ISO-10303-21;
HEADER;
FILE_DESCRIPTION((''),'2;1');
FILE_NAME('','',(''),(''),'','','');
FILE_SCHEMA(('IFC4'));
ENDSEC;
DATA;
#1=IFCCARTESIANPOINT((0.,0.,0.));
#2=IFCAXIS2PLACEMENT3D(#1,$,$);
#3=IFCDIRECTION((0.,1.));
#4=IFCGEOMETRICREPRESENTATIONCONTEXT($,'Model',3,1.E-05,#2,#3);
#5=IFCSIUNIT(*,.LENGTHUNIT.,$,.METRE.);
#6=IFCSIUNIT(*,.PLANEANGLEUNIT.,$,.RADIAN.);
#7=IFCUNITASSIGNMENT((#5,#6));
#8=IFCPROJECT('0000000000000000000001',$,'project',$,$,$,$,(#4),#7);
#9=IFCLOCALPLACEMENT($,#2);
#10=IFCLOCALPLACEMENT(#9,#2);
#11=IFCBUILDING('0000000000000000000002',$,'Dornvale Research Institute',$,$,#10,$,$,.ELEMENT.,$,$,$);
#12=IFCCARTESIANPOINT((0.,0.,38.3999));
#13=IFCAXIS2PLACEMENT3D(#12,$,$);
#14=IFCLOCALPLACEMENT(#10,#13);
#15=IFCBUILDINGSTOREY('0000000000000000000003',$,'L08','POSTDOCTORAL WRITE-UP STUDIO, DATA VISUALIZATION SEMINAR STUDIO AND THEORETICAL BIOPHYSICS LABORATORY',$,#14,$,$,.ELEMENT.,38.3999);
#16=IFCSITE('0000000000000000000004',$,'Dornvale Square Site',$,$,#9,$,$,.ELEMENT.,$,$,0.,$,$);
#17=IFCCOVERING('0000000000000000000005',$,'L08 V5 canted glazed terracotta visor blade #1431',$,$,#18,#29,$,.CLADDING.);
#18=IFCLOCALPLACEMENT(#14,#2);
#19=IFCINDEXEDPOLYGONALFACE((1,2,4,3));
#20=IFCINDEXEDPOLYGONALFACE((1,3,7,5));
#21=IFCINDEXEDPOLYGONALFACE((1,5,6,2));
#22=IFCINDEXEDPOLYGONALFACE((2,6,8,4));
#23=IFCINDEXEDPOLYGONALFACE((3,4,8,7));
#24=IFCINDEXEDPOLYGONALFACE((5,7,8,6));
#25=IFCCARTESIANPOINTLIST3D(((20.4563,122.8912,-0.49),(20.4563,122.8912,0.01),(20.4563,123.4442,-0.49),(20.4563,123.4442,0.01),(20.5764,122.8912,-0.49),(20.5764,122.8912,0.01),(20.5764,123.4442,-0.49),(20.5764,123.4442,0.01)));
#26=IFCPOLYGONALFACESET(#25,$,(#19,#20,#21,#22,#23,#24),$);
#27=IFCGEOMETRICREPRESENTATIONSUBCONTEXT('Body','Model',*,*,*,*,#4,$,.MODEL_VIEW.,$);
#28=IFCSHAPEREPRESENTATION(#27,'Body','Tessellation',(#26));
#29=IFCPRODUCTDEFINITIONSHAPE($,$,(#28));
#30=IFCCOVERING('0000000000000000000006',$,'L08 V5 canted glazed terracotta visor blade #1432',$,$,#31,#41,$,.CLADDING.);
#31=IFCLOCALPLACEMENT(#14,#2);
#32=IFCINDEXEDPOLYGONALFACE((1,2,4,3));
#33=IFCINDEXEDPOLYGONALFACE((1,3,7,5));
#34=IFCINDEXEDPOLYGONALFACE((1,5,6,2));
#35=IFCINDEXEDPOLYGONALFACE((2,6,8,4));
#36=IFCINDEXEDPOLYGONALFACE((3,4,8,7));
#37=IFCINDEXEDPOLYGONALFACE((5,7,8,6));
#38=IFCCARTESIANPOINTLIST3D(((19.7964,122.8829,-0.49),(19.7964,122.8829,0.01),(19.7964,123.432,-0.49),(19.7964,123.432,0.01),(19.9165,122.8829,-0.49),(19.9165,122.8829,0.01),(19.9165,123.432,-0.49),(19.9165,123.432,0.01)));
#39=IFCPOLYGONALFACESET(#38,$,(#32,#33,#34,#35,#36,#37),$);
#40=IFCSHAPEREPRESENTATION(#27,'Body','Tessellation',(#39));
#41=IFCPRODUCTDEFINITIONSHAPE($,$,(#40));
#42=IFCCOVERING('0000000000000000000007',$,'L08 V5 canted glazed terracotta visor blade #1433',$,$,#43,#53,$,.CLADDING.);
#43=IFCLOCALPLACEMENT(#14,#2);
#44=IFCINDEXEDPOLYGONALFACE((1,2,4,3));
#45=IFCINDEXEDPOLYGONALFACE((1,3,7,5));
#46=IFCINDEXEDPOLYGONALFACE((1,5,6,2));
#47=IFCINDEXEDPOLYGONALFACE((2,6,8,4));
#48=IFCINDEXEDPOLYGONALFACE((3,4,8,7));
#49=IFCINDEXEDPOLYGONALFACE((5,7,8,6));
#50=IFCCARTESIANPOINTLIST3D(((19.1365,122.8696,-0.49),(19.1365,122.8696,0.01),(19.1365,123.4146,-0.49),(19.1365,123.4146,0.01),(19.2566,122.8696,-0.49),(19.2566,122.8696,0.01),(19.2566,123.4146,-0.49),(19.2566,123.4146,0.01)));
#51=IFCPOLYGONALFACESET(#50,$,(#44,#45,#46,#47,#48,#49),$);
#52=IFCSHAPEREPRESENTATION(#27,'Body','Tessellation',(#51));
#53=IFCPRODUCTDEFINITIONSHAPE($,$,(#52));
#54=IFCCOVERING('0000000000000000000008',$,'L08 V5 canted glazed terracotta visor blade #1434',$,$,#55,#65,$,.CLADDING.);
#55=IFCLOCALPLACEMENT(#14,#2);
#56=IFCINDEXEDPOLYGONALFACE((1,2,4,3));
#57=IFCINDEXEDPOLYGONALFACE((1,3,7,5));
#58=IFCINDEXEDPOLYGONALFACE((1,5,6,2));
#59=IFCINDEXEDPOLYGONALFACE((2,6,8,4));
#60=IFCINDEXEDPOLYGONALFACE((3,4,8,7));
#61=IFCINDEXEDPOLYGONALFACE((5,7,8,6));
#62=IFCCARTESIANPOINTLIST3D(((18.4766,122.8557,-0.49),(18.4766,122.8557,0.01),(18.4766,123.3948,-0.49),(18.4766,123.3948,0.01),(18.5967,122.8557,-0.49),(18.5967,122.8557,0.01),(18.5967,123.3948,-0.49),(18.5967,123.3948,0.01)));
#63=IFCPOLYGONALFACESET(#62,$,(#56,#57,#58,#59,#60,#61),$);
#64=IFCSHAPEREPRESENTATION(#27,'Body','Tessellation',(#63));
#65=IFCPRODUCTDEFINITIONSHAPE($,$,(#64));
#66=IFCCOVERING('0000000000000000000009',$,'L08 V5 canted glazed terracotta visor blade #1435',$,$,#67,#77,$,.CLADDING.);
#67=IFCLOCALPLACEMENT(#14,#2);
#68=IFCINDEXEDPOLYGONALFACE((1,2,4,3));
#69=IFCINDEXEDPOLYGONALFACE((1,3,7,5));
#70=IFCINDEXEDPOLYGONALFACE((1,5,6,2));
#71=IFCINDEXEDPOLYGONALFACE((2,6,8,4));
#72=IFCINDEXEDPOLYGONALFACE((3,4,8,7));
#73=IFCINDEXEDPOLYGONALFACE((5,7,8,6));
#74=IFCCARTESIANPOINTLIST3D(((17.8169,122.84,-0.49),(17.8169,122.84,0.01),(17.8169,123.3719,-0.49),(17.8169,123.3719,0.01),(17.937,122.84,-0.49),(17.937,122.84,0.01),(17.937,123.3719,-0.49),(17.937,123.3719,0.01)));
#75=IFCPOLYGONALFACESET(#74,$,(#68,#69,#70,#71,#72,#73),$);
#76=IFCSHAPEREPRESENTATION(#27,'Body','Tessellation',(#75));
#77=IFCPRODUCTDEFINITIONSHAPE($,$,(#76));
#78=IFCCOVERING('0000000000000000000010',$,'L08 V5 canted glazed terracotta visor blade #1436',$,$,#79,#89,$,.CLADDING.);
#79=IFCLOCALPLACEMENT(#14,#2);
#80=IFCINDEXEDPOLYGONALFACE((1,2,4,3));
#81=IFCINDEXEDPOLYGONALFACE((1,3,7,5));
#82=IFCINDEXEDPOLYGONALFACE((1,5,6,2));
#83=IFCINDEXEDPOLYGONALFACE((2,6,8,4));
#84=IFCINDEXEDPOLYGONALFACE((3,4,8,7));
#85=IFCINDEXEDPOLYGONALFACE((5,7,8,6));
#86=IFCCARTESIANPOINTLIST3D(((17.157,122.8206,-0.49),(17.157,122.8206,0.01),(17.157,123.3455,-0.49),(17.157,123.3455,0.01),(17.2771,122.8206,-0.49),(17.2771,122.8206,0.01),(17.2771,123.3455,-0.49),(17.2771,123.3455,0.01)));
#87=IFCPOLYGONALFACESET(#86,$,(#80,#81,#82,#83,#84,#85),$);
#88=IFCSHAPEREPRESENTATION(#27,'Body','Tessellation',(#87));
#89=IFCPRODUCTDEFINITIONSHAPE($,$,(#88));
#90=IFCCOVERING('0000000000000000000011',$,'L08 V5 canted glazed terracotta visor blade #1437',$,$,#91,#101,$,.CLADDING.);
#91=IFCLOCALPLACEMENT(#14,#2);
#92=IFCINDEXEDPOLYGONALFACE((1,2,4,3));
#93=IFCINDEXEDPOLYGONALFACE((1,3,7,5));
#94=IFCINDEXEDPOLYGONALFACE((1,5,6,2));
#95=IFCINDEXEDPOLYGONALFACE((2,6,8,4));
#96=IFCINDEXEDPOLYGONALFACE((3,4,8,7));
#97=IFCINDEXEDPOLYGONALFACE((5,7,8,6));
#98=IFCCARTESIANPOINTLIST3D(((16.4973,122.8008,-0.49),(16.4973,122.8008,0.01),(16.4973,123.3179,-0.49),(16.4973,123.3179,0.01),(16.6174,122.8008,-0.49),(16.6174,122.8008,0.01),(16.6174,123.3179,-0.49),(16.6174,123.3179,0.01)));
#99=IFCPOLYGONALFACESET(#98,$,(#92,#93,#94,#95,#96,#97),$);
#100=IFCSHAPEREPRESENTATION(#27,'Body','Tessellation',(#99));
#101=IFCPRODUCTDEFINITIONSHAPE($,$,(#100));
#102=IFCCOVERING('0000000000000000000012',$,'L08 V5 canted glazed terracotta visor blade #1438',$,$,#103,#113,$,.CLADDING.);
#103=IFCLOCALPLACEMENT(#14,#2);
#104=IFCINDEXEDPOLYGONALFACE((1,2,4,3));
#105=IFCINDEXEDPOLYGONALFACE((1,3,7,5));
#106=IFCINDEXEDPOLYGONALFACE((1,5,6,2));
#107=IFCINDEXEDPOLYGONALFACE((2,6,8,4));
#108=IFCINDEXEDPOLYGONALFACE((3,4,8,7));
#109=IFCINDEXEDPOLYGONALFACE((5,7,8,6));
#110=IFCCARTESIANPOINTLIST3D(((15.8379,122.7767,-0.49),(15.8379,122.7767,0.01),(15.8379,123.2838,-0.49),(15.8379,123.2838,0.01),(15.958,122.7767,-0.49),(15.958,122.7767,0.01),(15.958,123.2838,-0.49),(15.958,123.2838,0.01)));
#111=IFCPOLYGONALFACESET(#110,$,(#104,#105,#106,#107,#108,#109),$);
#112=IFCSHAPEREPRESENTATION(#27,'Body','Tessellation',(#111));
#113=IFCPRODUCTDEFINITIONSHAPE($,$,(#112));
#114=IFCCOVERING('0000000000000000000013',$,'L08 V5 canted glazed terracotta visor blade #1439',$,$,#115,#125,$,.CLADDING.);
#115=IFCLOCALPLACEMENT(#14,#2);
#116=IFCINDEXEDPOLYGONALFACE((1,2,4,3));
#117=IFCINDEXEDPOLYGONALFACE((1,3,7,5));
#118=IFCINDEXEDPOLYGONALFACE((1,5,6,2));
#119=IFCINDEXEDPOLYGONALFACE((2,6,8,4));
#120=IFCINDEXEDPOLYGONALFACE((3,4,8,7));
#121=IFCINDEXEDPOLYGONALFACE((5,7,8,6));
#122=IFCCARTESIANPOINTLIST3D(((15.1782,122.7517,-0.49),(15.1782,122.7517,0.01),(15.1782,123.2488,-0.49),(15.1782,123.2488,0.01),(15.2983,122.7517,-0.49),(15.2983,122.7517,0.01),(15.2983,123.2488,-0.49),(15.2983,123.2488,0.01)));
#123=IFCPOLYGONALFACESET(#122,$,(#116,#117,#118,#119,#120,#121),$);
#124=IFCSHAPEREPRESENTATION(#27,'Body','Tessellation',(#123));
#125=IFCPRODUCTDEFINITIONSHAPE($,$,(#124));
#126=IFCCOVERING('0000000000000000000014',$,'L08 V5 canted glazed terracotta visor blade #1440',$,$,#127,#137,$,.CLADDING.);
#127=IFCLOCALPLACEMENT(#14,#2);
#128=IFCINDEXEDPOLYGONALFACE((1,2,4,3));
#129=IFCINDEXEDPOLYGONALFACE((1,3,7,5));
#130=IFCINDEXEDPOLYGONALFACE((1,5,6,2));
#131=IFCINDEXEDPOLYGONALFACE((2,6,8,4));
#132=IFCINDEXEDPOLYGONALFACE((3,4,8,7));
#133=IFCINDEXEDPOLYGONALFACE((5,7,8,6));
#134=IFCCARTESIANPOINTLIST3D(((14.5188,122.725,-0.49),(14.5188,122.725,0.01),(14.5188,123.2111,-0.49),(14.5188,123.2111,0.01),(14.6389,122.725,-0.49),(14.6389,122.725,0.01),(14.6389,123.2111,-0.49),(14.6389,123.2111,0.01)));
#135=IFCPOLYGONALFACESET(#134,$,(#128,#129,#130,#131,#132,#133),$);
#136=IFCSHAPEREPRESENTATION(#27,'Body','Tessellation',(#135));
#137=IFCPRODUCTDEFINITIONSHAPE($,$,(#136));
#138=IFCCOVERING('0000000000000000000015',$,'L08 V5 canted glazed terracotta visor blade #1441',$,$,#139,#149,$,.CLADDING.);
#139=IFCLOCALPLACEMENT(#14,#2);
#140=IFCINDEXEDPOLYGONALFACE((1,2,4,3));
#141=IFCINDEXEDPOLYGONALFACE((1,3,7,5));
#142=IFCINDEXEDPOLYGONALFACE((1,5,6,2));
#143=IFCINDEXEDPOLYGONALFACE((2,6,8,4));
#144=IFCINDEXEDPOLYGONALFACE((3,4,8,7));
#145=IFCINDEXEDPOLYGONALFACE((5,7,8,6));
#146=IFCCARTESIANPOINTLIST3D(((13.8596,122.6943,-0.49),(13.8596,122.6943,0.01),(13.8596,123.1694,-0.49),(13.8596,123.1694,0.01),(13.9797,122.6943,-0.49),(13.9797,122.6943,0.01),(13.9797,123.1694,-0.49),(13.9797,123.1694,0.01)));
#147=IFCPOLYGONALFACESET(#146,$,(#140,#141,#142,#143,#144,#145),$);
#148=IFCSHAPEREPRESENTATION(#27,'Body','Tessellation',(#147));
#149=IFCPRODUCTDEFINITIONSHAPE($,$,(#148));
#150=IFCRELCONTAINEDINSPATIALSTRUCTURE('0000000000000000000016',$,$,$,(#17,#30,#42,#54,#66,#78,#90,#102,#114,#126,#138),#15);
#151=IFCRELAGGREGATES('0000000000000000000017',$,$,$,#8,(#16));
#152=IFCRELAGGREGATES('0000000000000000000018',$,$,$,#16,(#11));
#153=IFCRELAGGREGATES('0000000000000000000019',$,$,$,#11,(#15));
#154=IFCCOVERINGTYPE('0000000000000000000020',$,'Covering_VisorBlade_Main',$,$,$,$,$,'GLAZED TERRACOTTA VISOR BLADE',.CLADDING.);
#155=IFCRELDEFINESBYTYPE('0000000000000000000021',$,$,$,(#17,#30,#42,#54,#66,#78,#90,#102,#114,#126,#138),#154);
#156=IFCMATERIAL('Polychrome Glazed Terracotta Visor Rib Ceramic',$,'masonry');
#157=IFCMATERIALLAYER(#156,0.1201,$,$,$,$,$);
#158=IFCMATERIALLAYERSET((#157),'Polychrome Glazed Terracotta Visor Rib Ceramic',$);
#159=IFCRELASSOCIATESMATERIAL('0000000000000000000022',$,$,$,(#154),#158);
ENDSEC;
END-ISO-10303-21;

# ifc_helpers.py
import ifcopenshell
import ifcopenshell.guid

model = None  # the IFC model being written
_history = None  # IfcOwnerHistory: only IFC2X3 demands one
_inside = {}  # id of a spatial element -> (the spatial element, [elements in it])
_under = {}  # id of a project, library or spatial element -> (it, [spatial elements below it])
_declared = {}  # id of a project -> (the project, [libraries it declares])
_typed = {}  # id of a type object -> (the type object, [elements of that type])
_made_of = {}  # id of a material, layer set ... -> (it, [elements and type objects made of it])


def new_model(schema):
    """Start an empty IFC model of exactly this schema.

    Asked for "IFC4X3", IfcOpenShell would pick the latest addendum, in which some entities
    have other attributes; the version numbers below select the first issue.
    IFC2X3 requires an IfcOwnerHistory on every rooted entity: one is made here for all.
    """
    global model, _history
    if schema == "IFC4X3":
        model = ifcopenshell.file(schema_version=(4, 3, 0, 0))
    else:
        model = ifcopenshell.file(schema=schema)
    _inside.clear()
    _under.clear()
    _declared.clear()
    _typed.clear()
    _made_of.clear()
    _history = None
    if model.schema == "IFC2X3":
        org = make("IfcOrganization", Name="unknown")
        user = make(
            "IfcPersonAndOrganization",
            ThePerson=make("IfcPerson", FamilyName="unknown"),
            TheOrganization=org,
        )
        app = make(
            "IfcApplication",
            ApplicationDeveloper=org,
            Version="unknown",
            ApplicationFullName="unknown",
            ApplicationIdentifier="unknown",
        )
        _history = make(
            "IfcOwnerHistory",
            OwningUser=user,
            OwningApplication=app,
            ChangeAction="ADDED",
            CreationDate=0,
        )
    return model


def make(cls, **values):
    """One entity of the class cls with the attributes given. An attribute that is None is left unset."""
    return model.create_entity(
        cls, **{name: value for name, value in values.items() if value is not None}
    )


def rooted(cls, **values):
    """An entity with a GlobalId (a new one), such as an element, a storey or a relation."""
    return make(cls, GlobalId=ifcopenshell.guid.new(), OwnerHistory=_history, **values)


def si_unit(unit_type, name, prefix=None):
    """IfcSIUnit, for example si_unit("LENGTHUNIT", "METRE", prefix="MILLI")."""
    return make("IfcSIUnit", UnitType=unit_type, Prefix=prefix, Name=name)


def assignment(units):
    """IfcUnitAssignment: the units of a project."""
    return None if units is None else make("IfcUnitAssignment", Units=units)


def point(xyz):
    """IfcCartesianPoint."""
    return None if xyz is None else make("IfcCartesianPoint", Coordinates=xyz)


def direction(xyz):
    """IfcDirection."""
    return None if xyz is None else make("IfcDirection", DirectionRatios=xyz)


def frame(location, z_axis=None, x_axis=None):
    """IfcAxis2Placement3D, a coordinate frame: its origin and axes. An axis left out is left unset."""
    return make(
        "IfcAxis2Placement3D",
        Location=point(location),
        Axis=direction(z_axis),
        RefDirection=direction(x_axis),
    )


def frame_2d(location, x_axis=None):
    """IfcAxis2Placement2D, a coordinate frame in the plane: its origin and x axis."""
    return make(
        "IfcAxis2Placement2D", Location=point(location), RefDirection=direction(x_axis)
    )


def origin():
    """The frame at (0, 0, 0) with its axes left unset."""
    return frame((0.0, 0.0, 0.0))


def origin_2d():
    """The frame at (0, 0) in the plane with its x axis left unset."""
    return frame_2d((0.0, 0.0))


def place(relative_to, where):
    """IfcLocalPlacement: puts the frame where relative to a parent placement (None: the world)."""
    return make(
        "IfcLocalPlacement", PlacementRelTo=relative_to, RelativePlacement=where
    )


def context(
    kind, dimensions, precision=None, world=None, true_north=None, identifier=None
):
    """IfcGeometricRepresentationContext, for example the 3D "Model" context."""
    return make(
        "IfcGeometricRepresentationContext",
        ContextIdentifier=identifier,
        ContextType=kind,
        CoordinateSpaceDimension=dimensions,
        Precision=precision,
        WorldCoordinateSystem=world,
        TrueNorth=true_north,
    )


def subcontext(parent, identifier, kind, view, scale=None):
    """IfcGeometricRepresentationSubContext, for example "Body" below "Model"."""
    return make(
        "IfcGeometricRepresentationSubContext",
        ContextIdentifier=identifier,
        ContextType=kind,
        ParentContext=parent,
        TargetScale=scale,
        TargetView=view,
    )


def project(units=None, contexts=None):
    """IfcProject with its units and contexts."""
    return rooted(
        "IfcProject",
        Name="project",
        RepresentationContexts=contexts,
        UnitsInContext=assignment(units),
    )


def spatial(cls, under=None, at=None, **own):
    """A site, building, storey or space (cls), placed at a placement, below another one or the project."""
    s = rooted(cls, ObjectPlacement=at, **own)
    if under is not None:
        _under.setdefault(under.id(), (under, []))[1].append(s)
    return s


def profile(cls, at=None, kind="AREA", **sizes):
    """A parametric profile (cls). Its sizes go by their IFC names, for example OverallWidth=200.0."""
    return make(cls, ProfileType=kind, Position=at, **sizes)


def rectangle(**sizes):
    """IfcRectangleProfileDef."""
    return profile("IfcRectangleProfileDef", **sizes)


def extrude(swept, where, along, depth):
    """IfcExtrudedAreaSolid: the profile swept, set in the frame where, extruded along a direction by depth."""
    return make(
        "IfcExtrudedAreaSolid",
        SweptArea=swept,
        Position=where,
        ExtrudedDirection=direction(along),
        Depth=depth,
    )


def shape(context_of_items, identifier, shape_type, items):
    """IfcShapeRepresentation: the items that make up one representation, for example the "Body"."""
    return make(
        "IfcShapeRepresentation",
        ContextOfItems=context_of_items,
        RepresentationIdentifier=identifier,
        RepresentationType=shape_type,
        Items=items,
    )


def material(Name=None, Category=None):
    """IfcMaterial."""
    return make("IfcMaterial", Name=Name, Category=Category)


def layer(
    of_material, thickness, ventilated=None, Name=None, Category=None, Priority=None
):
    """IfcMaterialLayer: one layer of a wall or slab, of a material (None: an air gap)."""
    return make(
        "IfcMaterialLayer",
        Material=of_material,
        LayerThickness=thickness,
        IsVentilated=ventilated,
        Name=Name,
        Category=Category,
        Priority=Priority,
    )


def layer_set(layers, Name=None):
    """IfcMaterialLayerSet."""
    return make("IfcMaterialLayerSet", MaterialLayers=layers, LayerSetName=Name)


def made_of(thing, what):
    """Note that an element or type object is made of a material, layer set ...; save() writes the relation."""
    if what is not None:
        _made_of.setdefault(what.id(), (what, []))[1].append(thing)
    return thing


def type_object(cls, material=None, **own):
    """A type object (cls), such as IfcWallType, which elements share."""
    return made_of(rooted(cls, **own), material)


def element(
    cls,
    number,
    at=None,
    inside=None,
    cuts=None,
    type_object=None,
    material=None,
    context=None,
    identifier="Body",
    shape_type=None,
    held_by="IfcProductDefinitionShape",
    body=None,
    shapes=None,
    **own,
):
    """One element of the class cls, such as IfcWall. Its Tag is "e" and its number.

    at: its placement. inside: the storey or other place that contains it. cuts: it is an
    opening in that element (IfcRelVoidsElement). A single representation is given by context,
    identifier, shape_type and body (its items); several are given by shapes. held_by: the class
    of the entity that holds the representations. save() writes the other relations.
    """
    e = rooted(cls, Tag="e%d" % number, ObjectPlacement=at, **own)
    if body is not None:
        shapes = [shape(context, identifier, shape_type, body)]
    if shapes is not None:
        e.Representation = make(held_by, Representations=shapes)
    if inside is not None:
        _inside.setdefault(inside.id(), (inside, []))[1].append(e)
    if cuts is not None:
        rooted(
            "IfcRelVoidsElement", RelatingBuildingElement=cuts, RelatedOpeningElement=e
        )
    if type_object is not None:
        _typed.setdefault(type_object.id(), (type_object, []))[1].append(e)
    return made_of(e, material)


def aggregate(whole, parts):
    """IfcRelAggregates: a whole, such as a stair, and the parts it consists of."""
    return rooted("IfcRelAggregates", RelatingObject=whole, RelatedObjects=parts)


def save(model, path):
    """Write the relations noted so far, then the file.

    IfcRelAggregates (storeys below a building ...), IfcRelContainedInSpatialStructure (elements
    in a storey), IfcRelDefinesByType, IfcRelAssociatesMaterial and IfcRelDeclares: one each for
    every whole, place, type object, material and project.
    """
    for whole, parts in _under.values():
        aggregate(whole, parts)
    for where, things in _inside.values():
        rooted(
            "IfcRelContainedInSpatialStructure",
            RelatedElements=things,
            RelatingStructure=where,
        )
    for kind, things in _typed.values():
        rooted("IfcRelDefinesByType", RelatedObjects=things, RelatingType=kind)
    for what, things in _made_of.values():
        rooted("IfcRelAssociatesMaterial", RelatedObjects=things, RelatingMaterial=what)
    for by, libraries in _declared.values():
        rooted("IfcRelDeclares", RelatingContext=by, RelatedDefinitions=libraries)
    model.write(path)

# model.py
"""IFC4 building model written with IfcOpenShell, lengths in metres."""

from ifc_helpers import new_model, si_unit, direction, frame, origin, origin_2d, place, context, subcontext, project, spatial, rectangle, extrude, material, layer, layer_set, type_object, element, save


model = new_model("IFC4")

# Units and contexts
model_context = context("Model", 3, precision=1e-05, world=origin(), true_north=direction((0.0, 1.0)))
body_context = subcontext(model_context, "Body", "Model", "MODEL_VIEW")
ifc_project = project(units=[si_unit("LENGTHUNIT", "METRE"), si_unit("PLANEANGLEUNIT", "RADIAN")], contexts=[model_context])

# Site, building, storey
site_placement = place(None, origin())
site = spatial("IfcSite", under=ifc_project, at=site_placement, Name="Dornvale Square Site", CompositionType="ELEMENT", RefElevation=0.0)
building_placement = place(site_placement, origin())
building = spatial("IfcBuilding", under=site, at=building_placement, Name="Dornvale Research Institute", CompositionType="ELEMENT")
storey_placement = place(building_placement, frame((0.0, 0.0, 38.3999)))
storey = spatial("IfcBuildingStorey", under=building, at=storey_placement, Name="L08", Description="POSTDOCTORAL WRITE-UP STUDIO, DATA VISUALIZATION SEMINAR STUDIO AND THEORETICAL BIOPHYSICS LABORATORY", CompositionType="ELEMENT", Elevation=38.3999)

# Coverings
ifc_material_1 = material(Name="Polychrome Glazed Terracotta Visor Rib Ceramic", Category="masonry")
ifc_layer_1 = layer(ifc_material_1, 0.1201)
ifc_layer_set_1 = layer_set([ifc_layer_1], Name="Polychrome Glazed Terracotta Visor Rib Ceramic")
covering_type = type_object("IfcCoveringType", Name="Covering_VisorBlade_Main", ElementType="GLAZED TERRACOTTA VISOR BLADE", PredefinedType="CLADDING", material=ifc_layer_set_1)
covering_1_placement = place(storey_placement, frame((20.5164, 123.1677, -0.49), z_axis=(0.0, 0.0, 1.0), x_axis=(0.0, 1.0, 0.0)))
element("IfcCovering", 1, at=covering_1_placement, inside=storey, type_object=covering_type, Name="L08 V5 canted glazed terracotta visor blade #1431", PredefinedType="CLADDING", context=body_context, shape_type="SweptSolid", body=[
    extrude(rectangle(XDim=0.553, YDim=0.1201, at=origin_2d()), origin(), (0.0, 0.0, 1.0), 0.5),
])
covering_2_placement = place(storey_placement, frame((19.8564, 123.1575, -0.49), z_axis=(0.0, 0.0, 1.0), x_axis=(0.0, 1.0, 0.0)))
element("IfcCovering", 2, at=covering_2_placement, inside=storey, type_object=covering_type, Name="L08 V5 canted glazed terracotta visor blade #1432", PredefinedType="CLADDING", context=body_context, shape_type="SweptSolid", body=[
    extrude(rectangle(XDim=0.5491, YDim=0.1201, at=origin_2d()), origin(), (0.0, 0.0, 1.0), 0.5),
])
covering_3_placement = place(storey_placement, frame((19.1965, 123.1421, -0.49), z_axis=(0.0, 0.0, 1.0), x_axis=(0.0, 1.0, 0.0)))
element("IfcCovering", 3, at=covering_3_placement, inside=storey, type_object=covering_type, Name="L08 V5 canted glazed terracotta visor blade #1433", PredefinedType="CLADDING", context=body_context, shape_type="SweptSolid", body=[
    extrude(rectangle(XDim=0.5449, YDim=0.1201, at=origin_2d()), origin(), (0.0, 0.0, 1.0), 0.5),
])
covering_4_placement = place(storey_placement, frame((18.5366, 123.1252, -0.49), z_axis=(0.0, 0.0, 1.0), x_axis=(0.0, 1.0, 0.0)))
element("IfcCovering", 4, at=covering_4_placement, inside=storey, type_object=covering_type, Name="L08 V5 canted glazed terracotta visor blade #1434", PredefinedType="CLADDING", context=body_context, shape_type="SweptSolid", body=[
    extrude(rectangle(XDim=0.5391, YDim=0.1201, at=origin_2d()), origin(), (0.0, 0.0, 1.0), 0.5),
])
covering_5_placement = place(storey_placement, frame((17.877, 123.106, -0.49), z_axis=(0.0, 0.0, 1.0), x_axis=(0.0, 1.0, 0.0)))
element("IfcCovering", 5, at=covering_5_placement, inside=storey, type_object=covering_type, Name="L08 V5 canted glazed terracotta visor blade #1435", PredefinedType="CLADDING", context=body_context, shape_type="SweptSolid", body=[
    extrude(rectangle(XDim=0.532, YDim=0.1201, at=origin_2d()), origin(), (0.0, 0.0, 1.0), 0.5),
])
covering_6_placement = place(storey_placement, frame((17.217, 123.083, -0.49), z_axis=(0.0, 0.0, 1.0), x_axis=(0.0, 1.0, 0.0)))
element("IfcCovering", 6, at=covering_6_placement, inside=storey, type_object=covering_type, Name="L08 V5 canted glazed terracotta visor blade #1436", PredefinedType="CLADDING", context=body_context, shape_type="SweptSolid", body=[
    extrude(rectangle(XDim=0.5249, YDim=0.1201, at=origin_2d()), origin(), (0.0, 0.0, 1.0), 0.5),
])
covering_7_placement = place(storey_placement, frame((16.5574, 123.0593, -0.49), z_axis=(0.0, 0.0, 1.0), x_axis=(0.0, 1.0, 0.0)))
element("IfcCovering", 7, at=covering_7_placement, inside=storey, type_object=covering_type, Name="L08 V5 canted glazed terracotta visor blade #1437", PredefinedType="CLADDING", context=body_context, shape_type="SweptSolid", body=[
    extrude(rectangle(XDim=0.5171, YDim=0.1201, at=origin_2d()), origin(), (0.0, 0.0, 1.0), 0.5),
])
covering_8_placement = place(storey_placement, frame((15.8979, 123.0303, -0.49), z_axis=(0.0, 0.0, 1.0), x_axis=(0.0, 1.0, 0.0)))
element("IfcCovering", 8, at=covering_8_placement, inside=storey, type_object=covering_type, Name="L08 V5 canted glazed terracotta visor blade #1438", PredefinedType="CLADDING", context=body_context, shape_type="SweptSolid", body=[
    extrude(rectangle(XDim=0.5071, YDim=0.1201, at=origin_2d()), origin(), (0.0, 0.0, 1.0), 0.5),
])
covering_9_placement = place(storey_placement, frame((15.2383, 123.0002, -0.49), z_axis=(0.0, 0.0, 1.0), x_axis=(0.0, 1.0, 0.0)))
element("IfcCovering", 9, at=covering_9_placement, inside=storey, type_object=covering_type, Name="L08 V5 canted glazed terracotta visor blade #1439", PredefinedType="CLADDING", context=body_context, shape_type="SweptSolid", body=[
    extrude(rectangle(XDim=0.4971, YDim=0.1201, at=origin_2d()), origin(), (0.0, 0.0, 1.0), 0.5),
])
covering_10_placement = place(storey_placement, frame((14.5789, 122.968, -0.49), z_axis=(0.0, 0.0, 1.0), x_axis=(0.0, 1.0, 0.0)))
element("IfcCovering", 10, at=covering_10_placement, inside=storey, type_object=covering_type, Name="L08 V5 canted glazed terracotta visor blade #1440", PredefinedType="CLADDING", context=body_context, shape_type="SweptSolid", body=[
    extrude(rectangle(XDim=0.4861, YDim=0.1201, at=origin_2d()), origin(), (0.0, 0.0, 1.0), 0.5),
])
covering_11_placement = place(storey_placement, frame((13.9197, 122.9319, -0.49), z_axis=(0.0, 0.0, 1.0), x_axis=(0.0, 1.0, 0.0)))
element("IfcCovering", 11, at=covering_11_placement, inside=storey, type_object=covering_type, Name="L08 V5 canted glazed terracotta visor blade #1441", PredefinedType="CLADDING", context=body_context, shape_type="SweptSolid", body=[
    extrude(rectangle(XDim=0.4751, YDim=0.1201, at=origin_2d()), origin(), (0.0, 0.0, 1.0), 0.5),
])

save(model, "model.ifc")
